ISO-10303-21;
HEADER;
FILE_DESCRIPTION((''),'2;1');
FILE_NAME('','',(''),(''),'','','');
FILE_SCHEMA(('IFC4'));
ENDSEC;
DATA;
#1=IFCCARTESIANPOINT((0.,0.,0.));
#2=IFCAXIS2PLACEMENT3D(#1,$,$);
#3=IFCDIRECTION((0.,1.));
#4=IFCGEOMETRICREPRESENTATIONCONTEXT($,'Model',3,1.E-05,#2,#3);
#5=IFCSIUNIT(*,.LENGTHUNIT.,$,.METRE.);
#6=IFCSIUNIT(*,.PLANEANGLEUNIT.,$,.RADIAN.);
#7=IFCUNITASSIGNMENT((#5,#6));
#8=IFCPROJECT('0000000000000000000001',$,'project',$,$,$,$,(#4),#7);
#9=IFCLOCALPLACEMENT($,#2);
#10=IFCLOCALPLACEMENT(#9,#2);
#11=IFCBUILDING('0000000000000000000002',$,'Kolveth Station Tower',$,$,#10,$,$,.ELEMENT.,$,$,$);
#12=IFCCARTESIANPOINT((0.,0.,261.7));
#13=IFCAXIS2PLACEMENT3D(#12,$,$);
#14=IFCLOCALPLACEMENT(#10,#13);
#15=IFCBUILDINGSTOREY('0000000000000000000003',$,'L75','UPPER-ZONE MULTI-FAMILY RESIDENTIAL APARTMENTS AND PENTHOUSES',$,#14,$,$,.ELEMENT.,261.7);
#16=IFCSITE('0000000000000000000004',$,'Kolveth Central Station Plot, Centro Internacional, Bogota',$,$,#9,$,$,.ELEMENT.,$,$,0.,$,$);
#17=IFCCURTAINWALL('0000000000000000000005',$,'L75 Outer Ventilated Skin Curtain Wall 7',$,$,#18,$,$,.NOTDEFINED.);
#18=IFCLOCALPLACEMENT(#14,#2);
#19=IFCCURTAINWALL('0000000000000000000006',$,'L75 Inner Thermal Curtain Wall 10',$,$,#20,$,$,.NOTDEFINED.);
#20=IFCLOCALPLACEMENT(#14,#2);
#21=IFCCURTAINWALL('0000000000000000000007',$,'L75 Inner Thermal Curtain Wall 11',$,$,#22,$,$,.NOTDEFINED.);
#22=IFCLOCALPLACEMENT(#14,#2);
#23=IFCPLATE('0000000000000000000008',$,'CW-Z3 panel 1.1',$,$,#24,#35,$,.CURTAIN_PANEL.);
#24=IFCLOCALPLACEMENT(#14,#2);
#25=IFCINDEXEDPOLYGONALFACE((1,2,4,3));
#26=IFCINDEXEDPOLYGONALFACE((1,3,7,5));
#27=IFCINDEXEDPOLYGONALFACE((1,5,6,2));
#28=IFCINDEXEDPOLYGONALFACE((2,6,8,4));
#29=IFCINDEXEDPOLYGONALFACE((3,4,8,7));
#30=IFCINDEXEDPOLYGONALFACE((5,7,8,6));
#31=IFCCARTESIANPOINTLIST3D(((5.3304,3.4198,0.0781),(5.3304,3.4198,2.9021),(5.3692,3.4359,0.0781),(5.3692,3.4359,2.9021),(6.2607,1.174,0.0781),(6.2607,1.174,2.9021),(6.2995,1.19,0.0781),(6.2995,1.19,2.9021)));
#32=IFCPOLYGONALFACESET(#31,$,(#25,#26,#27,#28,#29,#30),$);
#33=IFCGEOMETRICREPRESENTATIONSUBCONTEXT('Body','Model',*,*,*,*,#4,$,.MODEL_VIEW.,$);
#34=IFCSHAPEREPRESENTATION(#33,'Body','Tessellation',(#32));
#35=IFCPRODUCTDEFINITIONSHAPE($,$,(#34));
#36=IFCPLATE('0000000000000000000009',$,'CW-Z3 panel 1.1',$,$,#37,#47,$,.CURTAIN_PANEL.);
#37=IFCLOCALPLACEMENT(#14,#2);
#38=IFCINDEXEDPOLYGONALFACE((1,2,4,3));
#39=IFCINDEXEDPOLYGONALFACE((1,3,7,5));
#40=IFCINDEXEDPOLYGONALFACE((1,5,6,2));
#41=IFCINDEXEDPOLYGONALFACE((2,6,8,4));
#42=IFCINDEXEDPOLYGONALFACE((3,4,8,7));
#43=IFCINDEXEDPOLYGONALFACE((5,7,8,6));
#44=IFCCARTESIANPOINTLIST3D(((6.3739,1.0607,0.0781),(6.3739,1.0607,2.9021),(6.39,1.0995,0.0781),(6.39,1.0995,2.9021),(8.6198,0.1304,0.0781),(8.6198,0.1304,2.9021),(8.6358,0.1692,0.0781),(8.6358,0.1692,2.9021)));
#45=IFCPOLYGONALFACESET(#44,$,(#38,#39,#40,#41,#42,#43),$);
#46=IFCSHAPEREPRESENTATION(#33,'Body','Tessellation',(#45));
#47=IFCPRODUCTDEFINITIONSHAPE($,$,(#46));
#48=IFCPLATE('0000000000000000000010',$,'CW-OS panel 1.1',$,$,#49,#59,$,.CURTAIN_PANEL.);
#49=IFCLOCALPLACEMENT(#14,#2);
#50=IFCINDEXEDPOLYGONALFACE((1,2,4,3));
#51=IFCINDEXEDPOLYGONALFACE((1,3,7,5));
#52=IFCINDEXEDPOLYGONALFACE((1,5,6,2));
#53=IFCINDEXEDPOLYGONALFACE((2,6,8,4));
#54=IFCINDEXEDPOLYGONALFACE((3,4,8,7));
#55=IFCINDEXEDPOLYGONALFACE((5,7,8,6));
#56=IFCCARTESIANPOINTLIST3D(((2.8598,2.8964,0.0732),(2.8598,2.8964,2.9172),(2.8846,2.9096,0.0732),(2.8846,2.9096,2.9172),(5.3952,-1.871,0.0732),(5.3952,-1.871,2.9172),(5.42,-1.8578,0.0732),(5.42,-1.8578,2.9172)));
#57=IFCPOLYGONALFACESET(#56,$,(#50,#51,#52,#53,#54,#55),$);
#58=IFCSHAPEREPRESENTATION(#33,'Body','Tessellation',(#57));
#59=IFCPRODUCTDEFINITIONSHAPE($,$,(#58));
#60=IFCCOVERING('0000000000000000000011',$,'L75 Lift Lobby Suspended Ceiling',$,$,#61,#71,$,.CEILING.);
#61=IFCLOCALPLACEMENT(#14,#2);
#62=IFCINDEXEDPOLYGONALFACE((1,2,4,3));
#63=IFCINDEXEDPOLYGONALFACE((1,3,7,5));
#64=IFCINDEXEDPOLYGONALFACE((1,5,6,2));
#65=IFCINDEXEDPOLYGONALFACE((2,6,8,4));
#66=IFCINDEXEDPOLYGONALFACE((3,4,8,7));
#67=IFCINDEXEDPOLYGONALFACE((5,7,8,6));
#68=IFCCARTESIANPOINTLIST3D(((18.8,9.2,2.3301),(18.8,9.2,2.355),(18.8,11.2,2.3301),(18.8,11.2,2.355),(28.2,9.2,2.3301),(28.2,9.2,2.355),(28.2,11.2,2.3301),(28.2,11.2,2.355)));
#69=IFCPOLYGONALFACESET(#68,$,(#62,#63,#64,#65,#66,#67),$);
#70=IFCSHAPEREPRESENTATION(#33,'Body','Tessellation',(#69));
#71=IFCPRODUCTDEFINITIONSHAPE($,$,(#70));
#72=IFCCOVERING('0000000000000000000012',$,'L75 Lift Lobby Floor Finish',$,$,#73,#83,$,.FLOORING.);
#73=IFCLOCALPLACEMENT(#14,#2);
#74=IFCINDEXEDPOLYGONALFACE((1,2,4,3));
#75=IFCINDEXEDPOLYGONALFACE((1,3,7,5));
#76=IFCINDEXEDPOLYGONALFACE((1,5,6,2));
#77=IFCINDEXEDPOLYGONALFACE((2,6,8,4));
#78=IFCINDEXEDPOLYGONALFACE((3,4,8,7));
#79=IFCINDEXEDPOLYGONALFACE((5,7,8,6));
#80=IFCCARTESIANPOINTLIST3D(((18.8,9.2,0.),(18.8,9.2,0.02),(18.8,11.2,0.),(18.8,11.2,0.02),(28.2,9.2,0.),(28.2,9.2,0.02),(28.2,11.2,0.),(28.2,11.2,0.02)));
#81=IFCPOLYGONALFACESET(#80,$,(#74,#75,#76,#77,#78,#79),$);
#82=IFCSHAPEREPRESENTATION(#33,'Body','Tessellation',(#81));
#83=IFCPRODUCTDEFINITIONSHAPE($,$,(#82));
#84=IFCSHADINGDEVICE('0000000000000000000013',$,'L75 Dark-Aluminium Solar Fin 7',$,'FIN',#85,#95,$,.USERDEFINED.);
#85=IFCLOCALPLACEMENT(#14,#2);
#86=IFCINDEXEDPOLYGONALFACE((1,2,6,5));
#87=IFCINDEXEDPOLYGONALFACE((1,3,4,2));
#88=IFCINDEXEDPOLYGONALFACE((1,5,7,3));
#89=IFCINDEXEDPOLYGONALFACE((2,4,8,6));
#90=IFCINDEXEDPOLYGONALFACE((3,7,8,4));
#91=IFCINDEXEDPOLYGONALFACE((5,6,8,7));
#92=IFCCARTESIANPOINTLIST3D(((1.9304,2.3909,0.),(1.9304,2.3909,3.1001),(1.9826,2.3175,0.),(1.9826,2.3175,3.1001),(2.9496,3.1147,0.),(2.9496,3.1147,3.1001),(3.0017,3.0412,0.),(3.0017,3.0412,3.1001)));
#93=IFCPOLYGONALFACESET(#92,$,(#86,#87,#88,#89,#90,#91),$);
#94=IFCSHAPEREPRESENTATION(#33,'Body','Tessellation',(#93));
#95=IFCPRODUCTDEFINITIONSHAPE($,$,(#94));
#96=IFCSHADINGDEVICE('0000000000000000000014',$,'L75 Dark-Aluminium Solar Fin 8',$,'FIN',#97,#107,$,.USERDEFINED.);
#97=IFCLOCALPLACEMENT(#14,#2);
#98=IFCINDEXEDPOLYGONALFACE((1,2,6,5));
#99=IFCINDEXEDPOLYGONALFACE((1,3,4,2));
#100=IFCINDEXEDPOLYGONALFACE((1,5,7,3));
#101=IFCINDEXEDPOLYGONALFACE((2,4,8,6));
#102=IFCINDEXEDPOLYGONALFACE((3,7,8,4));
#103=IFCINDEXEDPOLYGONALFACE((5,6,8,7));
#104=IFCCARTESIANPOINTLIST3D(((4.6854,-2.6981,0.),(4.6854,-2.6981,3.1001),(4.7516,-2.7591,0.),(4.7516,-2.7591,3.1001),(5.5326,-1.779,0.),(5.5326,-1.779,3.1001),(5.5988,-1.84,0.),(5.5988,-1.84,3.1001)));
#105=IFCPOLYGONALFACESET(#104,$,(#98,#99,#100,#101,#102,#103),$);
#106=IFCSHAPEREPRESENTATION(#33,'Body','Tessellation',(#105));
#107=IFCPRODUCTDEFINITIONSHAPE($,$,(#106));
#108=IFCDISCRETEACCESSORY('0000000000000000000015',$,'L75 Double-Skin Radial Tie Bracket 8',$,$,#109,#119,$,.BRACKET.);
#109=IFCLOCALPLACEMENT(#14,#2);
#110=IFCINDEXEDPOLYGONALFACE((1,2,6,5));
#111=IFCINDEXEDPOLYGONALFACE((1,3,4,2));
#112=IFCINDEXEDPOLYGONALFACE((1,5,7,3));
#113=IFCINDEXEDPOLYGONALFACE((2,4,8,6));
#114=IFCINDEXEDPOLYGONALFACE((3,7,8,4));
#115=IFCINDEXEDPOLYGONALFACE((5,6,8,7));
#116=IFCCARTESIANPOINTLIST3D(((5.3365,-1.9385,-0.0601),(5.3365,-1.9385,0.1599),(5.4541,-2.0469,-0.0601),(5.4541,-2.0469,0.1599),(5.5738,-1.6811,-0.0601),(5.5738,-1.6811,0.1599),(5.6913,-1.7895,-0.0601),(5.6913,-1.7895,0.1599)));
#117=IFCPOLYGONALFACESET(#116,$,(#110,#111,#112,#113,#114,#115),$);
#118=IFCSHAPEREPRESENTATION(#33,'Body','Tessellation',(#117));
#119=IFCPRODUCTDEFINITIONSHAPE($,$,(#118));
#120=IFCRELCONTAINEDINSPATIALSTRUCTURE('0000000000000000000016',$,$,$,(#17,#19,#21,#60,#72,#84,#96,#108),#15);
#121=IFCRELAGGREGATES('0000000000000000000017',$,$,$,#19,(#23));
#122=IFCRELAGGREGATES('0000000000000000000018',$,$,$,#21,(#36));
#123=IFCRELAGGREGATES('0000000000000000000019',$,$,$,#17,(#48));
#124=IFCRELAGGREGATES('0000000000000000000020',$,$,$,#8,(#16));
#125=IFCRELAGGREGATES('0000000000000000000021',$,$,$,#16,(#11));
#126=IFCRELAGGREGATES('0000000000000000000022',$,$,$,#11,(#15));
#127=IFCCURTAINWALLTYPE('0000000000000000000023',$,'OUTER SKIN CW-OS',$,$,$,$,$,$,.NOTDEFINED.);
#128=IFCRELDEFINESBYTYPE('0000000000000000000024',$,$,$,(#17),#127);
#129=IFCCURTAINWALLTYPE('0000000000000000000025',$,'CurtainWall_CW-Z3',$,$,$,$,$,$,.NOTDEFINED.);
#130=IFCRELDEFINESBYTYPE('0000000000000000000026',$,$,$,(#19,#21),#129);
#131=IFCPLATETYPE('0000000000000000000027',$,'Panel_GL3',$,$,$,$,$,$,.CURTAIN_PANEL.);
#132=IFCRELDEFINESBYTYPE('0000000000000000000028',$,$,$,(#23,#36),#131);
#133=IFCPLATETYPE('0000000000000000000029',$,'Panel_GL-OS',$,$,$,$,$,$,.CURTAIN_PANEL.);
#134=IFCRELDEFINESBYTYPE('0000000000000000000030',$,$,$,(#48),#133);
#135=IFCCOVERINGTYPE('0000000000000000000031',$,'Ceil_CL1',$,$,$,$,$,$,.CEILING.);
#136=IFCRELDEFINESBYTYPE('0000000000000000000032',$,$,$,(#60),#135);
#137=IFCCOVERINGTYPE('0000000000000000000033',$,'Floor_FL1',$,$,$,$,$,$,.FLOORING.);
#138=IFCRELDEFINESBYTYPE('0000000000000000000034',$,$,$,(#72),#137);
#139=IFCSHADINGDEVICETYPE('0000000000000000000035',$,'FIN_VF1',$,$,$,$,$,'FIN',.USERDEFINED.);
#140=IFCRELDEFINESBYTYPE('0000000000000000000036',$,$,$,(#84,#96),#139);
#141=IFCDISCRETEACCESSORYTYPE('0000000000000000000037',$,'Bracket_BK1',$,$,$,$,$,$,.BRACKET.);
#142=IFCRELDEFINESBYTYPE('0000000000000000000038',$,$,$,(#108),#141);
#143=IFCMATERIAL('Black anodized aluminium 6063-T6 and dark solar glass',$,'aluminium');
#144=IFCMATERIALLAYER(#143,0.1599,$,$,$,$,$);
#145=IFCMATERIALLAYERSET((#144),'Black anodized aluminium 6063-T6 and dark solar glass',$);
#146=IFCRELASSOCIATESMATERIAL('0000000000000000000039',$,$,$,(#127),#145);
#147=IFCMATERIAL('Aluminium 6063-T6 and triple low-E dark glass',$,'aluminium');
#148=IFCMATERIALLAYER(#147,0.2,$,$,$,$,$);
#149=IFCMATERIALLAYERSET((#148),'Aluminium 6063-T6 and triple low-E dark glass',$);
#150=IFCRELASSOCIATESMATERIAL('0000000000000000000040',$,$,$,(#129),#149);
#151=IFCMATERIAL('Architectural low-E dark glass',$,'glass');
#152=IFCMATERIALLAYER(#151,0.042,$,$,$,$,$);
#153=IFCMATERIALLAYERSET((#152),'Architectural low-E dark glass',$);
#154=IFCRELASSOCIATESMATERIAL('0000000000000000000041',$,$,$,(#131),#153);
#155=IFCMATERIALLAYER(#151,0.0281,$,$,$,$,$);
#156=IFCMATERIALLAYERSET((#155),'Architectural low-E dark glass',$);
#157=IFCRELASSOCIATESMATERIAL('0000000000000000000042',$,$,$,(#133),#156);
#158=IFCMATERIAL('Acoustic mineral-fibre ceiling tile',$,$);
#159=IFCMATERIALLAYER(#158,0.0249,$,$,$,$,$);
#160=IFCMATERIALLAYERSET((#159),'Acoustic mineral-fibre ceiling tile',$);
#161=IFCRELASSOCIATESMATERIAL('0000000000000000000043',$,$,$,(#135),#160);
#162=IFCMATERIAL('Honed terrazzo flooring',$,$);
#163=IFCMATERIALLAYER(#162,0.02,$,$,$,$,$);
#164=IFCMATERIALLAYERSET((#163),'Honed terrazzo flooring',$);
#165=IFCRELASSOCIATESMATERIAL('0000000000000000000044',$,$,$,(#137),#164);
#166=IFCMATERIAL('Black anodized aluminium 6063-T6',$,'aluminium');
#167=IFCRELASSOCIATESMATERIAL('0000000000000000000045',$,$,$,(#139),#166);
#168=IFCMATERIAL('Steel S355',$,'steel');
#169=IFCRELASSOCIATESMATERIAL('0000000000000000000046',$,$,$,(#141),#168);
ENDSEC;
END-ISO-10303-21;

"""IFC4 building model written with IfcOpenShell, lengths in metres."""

from ifc_helpers import new_model, si_unit, direction, frame, origin, origin_2d, place, context, subcontext, project, spatial, polyline, rectangle, outline, extrude, source, transform, mapped, material, layer, layer_set, type_object, element, aggregate, save


model = new_model("IFC4")

# Units and contexts
model_context = context("Model", 3, precision=1e-05, world=origin(), true_north=direction((0.0, 1.0)))
body_context = subcontext(model_context, "Body", "Model", "MODEL_VIEW")
ifc_project = project(units=[si_unit("LENGTHUNIT", "METRE"), si_unit("PLANEANGLEUNIT", "RADIAN")], contexts=[model_context])

# Site, building, storey
site_placement = place(None, origin())
site = spatial("IfcSite", under=ifc_project, at=site_placement, Name="Kolveth Central Station Plot, Centro Internacional, Bogota", CompositionType="ELEMENT", RefElevation=0.0)
building_placement = place(site_placement, origin())
building = spatial("IfcBuilding", under=site, at=building_placement, Name="Kolveth Station Tower", CompositionType="ELEMENT")
storey_placement = place(building_placement, frame((0.0, 0.0, 261.7)))
storey = spatial("IfcBuildingStorey", under=building, at=storey_placement, Name="L75", Description="UPPER-ZONE MULTI-FAMILY RESIDENTIAL APARTMENTS AND PENTHOUSES", CompositionType="ELEMENT", Elevation=261.7)

# Curtain walls
ifc_material_1 = material(Name="Black anodized aluminium 6063-T6 and dark solar glass", Category="aluminium")
ifc_layer_1 = layer(ifc_material_1, 0.1599)
ifc_layer_set_1 = layer_set([ifc_layer_1], Name="Black anodized aluminium 6063-T6 and dark solar glass")
curtain_wall_type_1 = type_object("IfcCurtainWallType", Name="OUTER SKIN CW-OS", PredefinedType="NOTDEFINED", material=ifc_layer_set_1)
curtain_wall_1_placement = place(storey_placement, origin())
curtain_wall_1 = element("IfcCurtainWall", 1, at=curtain_wall_1_placement, inside=storey, type_object=curtain_wall_type_1, Name="L75 Outer Ventilated Skin Curtain Wall 7", PredefinedType="NOTDEFINED")
ifc_material_2 = material(Name="Black anodized aluminium 6063-T6", Category="aluminium")
ifc_material_3 = material(Name="Aluminium 6063-T6 and triple low-E dark glass", Category="aluminium")
ifc_layer_2 = layer(ifc_material_3, 0.2)
ifc_layer_set_2 = layer_set([ifc_layer_2], Name="Aluminium 6063-T6 and triple low-E dark glass")
curtain_wall_type_2 = type_object("IfcCurtainWallType", Name="CurtainWall_CW-Z3", PredefinedType="NOTDEFINED", material=ifc_layer_set_2)
curtain_wall_2_placement = place(storey_placement, origin())
curtain_wall_2 = element("IfcCurtainWall", 2, at=curtain_wall_2_placement, inside=storey, type_object=curtain_wall_type_2, Name="L75 Inner Thermal Curtain Wall 10", PredefinedType="NOTDEFINED")

# Curtain wall
curtain_wall_3_placement = place(storey_placement, origin())
curtain_wall_3 = element("IfcCurtainWall", 3, at=curtain_wall_3_placement, inside=storey, type_object=curtain_wall_type_2, Name="L75 Inner Thermal Curtain Wall 11", PredefinedType="NOTDEFINED")

# Plates
ifc_material_4 = material(Name="Architectural low-E dark glass", Category="glass")
ifc_layer_3 = layer(ifc_material_4, 0.042)
ifc_layer_set_3 = layer_set([ifc_layer_3], Name="Architectural low-E dark glass")
plate_type_1 = type_object("IfcPlateType", Name="Panel_GL3", PredefinedType="CURTAIN_PANEL", material=ifc_layer_set_3)
shared_shape_1 = source(origin(), body_context, "Body", "SweptSolid", [
    extrude(rectangle(XDim=2.4309, YDim=0.042, at=origin_2d()), origin(), (0.0, 0.0, 1.0), 2.824),
])
plate_1_placement = place(storey_placement, frame((5.8149, 2.3049, 0.0781), z_axis=(0.0, 0.0, 1.0), x_axis=(0.382693, -0.923875, 0.0)))
plate_1 = element("IfcPlate", 4, at=plate_1_placement, type_object=plate_type_1, Name="CW-Z3 panel 1.1", PredefinedType="CURTAIN_PANEL", context=body_context, shape_type="MappedRepresentation", body=[
    mapped(shared_shape_1, transform((0.0, 0.0, 0.0), x_axis=(1.0, 0.0, 0.0), y_axis=(0.0, 1.0, 0.0), z_axis=(0.0, 0.0, 1.0), scale=1.0)),
])
aggregate(curtain_wall_2, [plate_1])
plate_2_placement = place(storey_placement, frame((7.5049, 0.615, 0.0781), z_axis=(0.0, 0.0, 1.0), x_axis=(0.923875, -0.382693, 0.0)))
plate_2 = element("IfcPlate", 5, at=plate_2_placement, type_object=plate_type_1, Name="CW-Z3 panel 1.1", PredefinedType="CURTAIN_PANEL", context=body_context, shape_type="MappedRepresentation", body=[
    mapped(shared_shape_1, transform((0.0, 0.0, 0.0), x_axis=(1.0, 0.0, 0.0), y_axis=(0.0, 1.0, 0.0), z_axis=(0.0, 0.0, 1.0), scale=1.0)),
])
aggregate(curtain_wall_3, [plate_2])
ifc_layer_4 = layer(ifc_material_4, 0.0281)
ifc_layer_set_4 = layer_set([ifc_layer_4], Name="Architectural low-E dark glass")
plate_type_2 = type_object("IfcPlateType", Name="Panel_GL-OS", PredefinedType="CURTAIN_PANEL", material=ifc_layer_set_4)
shared_shape_2 = source(origin(), body_context, "Body", "SweptSolid", [
    extrude(rectangle(XDim=5.3997, YDim=0.0281, at=origin_2d()), origin(), (0.0, 0.0, 1.0), 2.844),
])
plate_3_placement = place(storey_placement, frame((4.1399, 0.5193, 0.0732), z_axis=(0.0, 0.0, 1.0), x_axis=(0.46956, -0.8829, 0.0)))
plate_3 = element("IfcPlate", 6, at=plate_3_placement, type_object=plate_type_2, Name="CW-OS panel 1.1", PredefinedType="CURTAIN_PANEL", context=body_context, shape_type="MappedRepresentation", body=[
    mapped(shared_shape_2, transform((0.0, 0.0, 0.0), x_axis=(1.0, 0.0, 0.0), y_axis=(0.0, 1.0, 0.0), z_axis=(0.0, 0.0, 1.0), scale=1.0)),
])
aggregate(curtain_wall_1, [plate_3])

# Coverings
ifc_material_5 = material(Name="Acoustic mineral-fibre ceiling tile")
ifc_layer_5 = layer(ifc_material_5, 0.0249)
ifc_layer_set_5 = layer_set([ifc_layer_5], Name="Acoustic mineral-fibre ceiling tile")
covering_type_1 = type_object("IfcCoveringType", Name="Ceil_CL1", PredefinedType="CEILING", material=ifc_layer_set_5)
covering_1_placement = place(storey_placement, frame((0.0, 0.0, 2.3301)))
element("IfcCovering", 7, at=covering_1_placement, inside=storey, type_object=covering_type_1, Name="L75 Lift Lobby Suspended Ceiling", PredefinedType="CEILING", context=body_context, shape_type="SweptSolid", body=[
    extrude(outline(polyline([(18.8, 9.2), (28.2, 9.2), (28.2, 11.2), (18.8, 11.2), (18.8, 9.2)])), origin(), (0.0, 0.0, 1.0), 0.0249),
])
ifc_material_6 = material(Name="Honed terrazzo flooring")
ifc_layer_6 = layer(ifc_material_6, 0.02)
ifc_layer_set_6 = layer_set([ifc_layer_6], Name="Honed terrazzo flooring")
covering_type_2 = type_object("IfcCoveringType", Name="Floor_FL1", PredefinedType="FLOORING", material=ifc_layer_set_6)
covering_2_placement = place(storey_placement, origin())
element("IfcCovering", 8, at=covering_2_placement, inside=storey, type_object=covering_type_2, Name="L75 Lift Lobby Floor Finish", PredefinedType="FLOORING", context=body_context, shape_type="SweptSolid", body=[
    extrude(outline(polyline([(18.8, 9.2), (28.2, 9.2), (28.2, 11.2), (18.8, 11.2), (18.8, 9.2)])), origin(), (0.0, 0.0, 1.0), 0.02),
])

# Shading devices
shading_device_type = type_object("IfcShadingDeviceType", Name="FIN_VF1", ElementType="FIN", PredefinedType="USERDEFINED", material=ifc_material_2)
shared_shape_3 = source(origin(), body_context, "Body", "SweptSolid", [
    extrude(rectangle(XDim=1.25, YDim=0.0901, at=origin_2d()), origin(), (0.0, 0.0, 1.0), 3.1001),
])
for number, where, z_axis, x_axis, name in (
    (9, (2.4661, 2.7161, 0.0), (0.0, 0.0, 1.0), (-0.81533, -0.578997, 0.0), "L75 Dark-Aluminium Solar Fin 7"),
    (10, (5.1421, -2.269, 0.0), (0.0, 0.0, 1.0), (-0.677775, -0.73527, 0.0), "L75 Dark-Aluminium Solar Fin 8"),
):
    element("IfcShadingDevice", number, at=place(storey_placement, frame(where, z_axis=z_axis, x_axis=x_axis)), inside=storey, type_object=shading_device_type, Name=name, ObjectType="FIN", PredefinedType="USERDEFINED", context=body_context, shape_type="MappedRepresentation", body=[
        mapped(shared_shape_3, transform((0.0, 0.0, 0.0), x_axis=(1.0, 0.0, 0.0), y_axis=(0.0, 1.0, 0.0), z_axis=(0.0, 0.0, 1.0), scale=1.0)),
    ])

# Discrete accessory
ifc_material_7 = material(Name="Steel S355", Category="steel")
discrete_accessory_type = type_object("IfcDiscreteAccessoryType", Name="Bracket_BK1", PredefinedType="BRACKET", material=ifc_material_7)
shared_shape_4 = source(origin(), body_context, "Body", "SweptSolid", [
    extrude(rectangle(XDim=0.3501, YDim=0.1599, at=origin_2d()), origin(), (0.0, 0.0, 1.0), 0.22),
])
discrete_accessory_placement = place(storey_placement, frame((5.5139, -1.864, -0.0601), z_axis=(0.0, 0.0, 1.0), x_axis=(-0.677775, -0.73527, 0.0)))
element("IfcDiscreteAccessory", 11, at=discrete_accessory_placement, inside=storey, type_object=discrete_accessory_type, Name="L75 Double-Skin Radial Tie Bracket 8", PredefinedType="BRACKET", context=body_context, shape_type="MappedRepresentation", body=[
    mapped(shared_shape_4, transform((0.0, 0.0, 0.0), x_axis=(1.0, 0.0, 0.0), y_axis=(0.0, 1.0, 0.0), z_axis=(0.0, 0.0, 1.0), scale=1.0)),
])

save(model, "model.ifc")
